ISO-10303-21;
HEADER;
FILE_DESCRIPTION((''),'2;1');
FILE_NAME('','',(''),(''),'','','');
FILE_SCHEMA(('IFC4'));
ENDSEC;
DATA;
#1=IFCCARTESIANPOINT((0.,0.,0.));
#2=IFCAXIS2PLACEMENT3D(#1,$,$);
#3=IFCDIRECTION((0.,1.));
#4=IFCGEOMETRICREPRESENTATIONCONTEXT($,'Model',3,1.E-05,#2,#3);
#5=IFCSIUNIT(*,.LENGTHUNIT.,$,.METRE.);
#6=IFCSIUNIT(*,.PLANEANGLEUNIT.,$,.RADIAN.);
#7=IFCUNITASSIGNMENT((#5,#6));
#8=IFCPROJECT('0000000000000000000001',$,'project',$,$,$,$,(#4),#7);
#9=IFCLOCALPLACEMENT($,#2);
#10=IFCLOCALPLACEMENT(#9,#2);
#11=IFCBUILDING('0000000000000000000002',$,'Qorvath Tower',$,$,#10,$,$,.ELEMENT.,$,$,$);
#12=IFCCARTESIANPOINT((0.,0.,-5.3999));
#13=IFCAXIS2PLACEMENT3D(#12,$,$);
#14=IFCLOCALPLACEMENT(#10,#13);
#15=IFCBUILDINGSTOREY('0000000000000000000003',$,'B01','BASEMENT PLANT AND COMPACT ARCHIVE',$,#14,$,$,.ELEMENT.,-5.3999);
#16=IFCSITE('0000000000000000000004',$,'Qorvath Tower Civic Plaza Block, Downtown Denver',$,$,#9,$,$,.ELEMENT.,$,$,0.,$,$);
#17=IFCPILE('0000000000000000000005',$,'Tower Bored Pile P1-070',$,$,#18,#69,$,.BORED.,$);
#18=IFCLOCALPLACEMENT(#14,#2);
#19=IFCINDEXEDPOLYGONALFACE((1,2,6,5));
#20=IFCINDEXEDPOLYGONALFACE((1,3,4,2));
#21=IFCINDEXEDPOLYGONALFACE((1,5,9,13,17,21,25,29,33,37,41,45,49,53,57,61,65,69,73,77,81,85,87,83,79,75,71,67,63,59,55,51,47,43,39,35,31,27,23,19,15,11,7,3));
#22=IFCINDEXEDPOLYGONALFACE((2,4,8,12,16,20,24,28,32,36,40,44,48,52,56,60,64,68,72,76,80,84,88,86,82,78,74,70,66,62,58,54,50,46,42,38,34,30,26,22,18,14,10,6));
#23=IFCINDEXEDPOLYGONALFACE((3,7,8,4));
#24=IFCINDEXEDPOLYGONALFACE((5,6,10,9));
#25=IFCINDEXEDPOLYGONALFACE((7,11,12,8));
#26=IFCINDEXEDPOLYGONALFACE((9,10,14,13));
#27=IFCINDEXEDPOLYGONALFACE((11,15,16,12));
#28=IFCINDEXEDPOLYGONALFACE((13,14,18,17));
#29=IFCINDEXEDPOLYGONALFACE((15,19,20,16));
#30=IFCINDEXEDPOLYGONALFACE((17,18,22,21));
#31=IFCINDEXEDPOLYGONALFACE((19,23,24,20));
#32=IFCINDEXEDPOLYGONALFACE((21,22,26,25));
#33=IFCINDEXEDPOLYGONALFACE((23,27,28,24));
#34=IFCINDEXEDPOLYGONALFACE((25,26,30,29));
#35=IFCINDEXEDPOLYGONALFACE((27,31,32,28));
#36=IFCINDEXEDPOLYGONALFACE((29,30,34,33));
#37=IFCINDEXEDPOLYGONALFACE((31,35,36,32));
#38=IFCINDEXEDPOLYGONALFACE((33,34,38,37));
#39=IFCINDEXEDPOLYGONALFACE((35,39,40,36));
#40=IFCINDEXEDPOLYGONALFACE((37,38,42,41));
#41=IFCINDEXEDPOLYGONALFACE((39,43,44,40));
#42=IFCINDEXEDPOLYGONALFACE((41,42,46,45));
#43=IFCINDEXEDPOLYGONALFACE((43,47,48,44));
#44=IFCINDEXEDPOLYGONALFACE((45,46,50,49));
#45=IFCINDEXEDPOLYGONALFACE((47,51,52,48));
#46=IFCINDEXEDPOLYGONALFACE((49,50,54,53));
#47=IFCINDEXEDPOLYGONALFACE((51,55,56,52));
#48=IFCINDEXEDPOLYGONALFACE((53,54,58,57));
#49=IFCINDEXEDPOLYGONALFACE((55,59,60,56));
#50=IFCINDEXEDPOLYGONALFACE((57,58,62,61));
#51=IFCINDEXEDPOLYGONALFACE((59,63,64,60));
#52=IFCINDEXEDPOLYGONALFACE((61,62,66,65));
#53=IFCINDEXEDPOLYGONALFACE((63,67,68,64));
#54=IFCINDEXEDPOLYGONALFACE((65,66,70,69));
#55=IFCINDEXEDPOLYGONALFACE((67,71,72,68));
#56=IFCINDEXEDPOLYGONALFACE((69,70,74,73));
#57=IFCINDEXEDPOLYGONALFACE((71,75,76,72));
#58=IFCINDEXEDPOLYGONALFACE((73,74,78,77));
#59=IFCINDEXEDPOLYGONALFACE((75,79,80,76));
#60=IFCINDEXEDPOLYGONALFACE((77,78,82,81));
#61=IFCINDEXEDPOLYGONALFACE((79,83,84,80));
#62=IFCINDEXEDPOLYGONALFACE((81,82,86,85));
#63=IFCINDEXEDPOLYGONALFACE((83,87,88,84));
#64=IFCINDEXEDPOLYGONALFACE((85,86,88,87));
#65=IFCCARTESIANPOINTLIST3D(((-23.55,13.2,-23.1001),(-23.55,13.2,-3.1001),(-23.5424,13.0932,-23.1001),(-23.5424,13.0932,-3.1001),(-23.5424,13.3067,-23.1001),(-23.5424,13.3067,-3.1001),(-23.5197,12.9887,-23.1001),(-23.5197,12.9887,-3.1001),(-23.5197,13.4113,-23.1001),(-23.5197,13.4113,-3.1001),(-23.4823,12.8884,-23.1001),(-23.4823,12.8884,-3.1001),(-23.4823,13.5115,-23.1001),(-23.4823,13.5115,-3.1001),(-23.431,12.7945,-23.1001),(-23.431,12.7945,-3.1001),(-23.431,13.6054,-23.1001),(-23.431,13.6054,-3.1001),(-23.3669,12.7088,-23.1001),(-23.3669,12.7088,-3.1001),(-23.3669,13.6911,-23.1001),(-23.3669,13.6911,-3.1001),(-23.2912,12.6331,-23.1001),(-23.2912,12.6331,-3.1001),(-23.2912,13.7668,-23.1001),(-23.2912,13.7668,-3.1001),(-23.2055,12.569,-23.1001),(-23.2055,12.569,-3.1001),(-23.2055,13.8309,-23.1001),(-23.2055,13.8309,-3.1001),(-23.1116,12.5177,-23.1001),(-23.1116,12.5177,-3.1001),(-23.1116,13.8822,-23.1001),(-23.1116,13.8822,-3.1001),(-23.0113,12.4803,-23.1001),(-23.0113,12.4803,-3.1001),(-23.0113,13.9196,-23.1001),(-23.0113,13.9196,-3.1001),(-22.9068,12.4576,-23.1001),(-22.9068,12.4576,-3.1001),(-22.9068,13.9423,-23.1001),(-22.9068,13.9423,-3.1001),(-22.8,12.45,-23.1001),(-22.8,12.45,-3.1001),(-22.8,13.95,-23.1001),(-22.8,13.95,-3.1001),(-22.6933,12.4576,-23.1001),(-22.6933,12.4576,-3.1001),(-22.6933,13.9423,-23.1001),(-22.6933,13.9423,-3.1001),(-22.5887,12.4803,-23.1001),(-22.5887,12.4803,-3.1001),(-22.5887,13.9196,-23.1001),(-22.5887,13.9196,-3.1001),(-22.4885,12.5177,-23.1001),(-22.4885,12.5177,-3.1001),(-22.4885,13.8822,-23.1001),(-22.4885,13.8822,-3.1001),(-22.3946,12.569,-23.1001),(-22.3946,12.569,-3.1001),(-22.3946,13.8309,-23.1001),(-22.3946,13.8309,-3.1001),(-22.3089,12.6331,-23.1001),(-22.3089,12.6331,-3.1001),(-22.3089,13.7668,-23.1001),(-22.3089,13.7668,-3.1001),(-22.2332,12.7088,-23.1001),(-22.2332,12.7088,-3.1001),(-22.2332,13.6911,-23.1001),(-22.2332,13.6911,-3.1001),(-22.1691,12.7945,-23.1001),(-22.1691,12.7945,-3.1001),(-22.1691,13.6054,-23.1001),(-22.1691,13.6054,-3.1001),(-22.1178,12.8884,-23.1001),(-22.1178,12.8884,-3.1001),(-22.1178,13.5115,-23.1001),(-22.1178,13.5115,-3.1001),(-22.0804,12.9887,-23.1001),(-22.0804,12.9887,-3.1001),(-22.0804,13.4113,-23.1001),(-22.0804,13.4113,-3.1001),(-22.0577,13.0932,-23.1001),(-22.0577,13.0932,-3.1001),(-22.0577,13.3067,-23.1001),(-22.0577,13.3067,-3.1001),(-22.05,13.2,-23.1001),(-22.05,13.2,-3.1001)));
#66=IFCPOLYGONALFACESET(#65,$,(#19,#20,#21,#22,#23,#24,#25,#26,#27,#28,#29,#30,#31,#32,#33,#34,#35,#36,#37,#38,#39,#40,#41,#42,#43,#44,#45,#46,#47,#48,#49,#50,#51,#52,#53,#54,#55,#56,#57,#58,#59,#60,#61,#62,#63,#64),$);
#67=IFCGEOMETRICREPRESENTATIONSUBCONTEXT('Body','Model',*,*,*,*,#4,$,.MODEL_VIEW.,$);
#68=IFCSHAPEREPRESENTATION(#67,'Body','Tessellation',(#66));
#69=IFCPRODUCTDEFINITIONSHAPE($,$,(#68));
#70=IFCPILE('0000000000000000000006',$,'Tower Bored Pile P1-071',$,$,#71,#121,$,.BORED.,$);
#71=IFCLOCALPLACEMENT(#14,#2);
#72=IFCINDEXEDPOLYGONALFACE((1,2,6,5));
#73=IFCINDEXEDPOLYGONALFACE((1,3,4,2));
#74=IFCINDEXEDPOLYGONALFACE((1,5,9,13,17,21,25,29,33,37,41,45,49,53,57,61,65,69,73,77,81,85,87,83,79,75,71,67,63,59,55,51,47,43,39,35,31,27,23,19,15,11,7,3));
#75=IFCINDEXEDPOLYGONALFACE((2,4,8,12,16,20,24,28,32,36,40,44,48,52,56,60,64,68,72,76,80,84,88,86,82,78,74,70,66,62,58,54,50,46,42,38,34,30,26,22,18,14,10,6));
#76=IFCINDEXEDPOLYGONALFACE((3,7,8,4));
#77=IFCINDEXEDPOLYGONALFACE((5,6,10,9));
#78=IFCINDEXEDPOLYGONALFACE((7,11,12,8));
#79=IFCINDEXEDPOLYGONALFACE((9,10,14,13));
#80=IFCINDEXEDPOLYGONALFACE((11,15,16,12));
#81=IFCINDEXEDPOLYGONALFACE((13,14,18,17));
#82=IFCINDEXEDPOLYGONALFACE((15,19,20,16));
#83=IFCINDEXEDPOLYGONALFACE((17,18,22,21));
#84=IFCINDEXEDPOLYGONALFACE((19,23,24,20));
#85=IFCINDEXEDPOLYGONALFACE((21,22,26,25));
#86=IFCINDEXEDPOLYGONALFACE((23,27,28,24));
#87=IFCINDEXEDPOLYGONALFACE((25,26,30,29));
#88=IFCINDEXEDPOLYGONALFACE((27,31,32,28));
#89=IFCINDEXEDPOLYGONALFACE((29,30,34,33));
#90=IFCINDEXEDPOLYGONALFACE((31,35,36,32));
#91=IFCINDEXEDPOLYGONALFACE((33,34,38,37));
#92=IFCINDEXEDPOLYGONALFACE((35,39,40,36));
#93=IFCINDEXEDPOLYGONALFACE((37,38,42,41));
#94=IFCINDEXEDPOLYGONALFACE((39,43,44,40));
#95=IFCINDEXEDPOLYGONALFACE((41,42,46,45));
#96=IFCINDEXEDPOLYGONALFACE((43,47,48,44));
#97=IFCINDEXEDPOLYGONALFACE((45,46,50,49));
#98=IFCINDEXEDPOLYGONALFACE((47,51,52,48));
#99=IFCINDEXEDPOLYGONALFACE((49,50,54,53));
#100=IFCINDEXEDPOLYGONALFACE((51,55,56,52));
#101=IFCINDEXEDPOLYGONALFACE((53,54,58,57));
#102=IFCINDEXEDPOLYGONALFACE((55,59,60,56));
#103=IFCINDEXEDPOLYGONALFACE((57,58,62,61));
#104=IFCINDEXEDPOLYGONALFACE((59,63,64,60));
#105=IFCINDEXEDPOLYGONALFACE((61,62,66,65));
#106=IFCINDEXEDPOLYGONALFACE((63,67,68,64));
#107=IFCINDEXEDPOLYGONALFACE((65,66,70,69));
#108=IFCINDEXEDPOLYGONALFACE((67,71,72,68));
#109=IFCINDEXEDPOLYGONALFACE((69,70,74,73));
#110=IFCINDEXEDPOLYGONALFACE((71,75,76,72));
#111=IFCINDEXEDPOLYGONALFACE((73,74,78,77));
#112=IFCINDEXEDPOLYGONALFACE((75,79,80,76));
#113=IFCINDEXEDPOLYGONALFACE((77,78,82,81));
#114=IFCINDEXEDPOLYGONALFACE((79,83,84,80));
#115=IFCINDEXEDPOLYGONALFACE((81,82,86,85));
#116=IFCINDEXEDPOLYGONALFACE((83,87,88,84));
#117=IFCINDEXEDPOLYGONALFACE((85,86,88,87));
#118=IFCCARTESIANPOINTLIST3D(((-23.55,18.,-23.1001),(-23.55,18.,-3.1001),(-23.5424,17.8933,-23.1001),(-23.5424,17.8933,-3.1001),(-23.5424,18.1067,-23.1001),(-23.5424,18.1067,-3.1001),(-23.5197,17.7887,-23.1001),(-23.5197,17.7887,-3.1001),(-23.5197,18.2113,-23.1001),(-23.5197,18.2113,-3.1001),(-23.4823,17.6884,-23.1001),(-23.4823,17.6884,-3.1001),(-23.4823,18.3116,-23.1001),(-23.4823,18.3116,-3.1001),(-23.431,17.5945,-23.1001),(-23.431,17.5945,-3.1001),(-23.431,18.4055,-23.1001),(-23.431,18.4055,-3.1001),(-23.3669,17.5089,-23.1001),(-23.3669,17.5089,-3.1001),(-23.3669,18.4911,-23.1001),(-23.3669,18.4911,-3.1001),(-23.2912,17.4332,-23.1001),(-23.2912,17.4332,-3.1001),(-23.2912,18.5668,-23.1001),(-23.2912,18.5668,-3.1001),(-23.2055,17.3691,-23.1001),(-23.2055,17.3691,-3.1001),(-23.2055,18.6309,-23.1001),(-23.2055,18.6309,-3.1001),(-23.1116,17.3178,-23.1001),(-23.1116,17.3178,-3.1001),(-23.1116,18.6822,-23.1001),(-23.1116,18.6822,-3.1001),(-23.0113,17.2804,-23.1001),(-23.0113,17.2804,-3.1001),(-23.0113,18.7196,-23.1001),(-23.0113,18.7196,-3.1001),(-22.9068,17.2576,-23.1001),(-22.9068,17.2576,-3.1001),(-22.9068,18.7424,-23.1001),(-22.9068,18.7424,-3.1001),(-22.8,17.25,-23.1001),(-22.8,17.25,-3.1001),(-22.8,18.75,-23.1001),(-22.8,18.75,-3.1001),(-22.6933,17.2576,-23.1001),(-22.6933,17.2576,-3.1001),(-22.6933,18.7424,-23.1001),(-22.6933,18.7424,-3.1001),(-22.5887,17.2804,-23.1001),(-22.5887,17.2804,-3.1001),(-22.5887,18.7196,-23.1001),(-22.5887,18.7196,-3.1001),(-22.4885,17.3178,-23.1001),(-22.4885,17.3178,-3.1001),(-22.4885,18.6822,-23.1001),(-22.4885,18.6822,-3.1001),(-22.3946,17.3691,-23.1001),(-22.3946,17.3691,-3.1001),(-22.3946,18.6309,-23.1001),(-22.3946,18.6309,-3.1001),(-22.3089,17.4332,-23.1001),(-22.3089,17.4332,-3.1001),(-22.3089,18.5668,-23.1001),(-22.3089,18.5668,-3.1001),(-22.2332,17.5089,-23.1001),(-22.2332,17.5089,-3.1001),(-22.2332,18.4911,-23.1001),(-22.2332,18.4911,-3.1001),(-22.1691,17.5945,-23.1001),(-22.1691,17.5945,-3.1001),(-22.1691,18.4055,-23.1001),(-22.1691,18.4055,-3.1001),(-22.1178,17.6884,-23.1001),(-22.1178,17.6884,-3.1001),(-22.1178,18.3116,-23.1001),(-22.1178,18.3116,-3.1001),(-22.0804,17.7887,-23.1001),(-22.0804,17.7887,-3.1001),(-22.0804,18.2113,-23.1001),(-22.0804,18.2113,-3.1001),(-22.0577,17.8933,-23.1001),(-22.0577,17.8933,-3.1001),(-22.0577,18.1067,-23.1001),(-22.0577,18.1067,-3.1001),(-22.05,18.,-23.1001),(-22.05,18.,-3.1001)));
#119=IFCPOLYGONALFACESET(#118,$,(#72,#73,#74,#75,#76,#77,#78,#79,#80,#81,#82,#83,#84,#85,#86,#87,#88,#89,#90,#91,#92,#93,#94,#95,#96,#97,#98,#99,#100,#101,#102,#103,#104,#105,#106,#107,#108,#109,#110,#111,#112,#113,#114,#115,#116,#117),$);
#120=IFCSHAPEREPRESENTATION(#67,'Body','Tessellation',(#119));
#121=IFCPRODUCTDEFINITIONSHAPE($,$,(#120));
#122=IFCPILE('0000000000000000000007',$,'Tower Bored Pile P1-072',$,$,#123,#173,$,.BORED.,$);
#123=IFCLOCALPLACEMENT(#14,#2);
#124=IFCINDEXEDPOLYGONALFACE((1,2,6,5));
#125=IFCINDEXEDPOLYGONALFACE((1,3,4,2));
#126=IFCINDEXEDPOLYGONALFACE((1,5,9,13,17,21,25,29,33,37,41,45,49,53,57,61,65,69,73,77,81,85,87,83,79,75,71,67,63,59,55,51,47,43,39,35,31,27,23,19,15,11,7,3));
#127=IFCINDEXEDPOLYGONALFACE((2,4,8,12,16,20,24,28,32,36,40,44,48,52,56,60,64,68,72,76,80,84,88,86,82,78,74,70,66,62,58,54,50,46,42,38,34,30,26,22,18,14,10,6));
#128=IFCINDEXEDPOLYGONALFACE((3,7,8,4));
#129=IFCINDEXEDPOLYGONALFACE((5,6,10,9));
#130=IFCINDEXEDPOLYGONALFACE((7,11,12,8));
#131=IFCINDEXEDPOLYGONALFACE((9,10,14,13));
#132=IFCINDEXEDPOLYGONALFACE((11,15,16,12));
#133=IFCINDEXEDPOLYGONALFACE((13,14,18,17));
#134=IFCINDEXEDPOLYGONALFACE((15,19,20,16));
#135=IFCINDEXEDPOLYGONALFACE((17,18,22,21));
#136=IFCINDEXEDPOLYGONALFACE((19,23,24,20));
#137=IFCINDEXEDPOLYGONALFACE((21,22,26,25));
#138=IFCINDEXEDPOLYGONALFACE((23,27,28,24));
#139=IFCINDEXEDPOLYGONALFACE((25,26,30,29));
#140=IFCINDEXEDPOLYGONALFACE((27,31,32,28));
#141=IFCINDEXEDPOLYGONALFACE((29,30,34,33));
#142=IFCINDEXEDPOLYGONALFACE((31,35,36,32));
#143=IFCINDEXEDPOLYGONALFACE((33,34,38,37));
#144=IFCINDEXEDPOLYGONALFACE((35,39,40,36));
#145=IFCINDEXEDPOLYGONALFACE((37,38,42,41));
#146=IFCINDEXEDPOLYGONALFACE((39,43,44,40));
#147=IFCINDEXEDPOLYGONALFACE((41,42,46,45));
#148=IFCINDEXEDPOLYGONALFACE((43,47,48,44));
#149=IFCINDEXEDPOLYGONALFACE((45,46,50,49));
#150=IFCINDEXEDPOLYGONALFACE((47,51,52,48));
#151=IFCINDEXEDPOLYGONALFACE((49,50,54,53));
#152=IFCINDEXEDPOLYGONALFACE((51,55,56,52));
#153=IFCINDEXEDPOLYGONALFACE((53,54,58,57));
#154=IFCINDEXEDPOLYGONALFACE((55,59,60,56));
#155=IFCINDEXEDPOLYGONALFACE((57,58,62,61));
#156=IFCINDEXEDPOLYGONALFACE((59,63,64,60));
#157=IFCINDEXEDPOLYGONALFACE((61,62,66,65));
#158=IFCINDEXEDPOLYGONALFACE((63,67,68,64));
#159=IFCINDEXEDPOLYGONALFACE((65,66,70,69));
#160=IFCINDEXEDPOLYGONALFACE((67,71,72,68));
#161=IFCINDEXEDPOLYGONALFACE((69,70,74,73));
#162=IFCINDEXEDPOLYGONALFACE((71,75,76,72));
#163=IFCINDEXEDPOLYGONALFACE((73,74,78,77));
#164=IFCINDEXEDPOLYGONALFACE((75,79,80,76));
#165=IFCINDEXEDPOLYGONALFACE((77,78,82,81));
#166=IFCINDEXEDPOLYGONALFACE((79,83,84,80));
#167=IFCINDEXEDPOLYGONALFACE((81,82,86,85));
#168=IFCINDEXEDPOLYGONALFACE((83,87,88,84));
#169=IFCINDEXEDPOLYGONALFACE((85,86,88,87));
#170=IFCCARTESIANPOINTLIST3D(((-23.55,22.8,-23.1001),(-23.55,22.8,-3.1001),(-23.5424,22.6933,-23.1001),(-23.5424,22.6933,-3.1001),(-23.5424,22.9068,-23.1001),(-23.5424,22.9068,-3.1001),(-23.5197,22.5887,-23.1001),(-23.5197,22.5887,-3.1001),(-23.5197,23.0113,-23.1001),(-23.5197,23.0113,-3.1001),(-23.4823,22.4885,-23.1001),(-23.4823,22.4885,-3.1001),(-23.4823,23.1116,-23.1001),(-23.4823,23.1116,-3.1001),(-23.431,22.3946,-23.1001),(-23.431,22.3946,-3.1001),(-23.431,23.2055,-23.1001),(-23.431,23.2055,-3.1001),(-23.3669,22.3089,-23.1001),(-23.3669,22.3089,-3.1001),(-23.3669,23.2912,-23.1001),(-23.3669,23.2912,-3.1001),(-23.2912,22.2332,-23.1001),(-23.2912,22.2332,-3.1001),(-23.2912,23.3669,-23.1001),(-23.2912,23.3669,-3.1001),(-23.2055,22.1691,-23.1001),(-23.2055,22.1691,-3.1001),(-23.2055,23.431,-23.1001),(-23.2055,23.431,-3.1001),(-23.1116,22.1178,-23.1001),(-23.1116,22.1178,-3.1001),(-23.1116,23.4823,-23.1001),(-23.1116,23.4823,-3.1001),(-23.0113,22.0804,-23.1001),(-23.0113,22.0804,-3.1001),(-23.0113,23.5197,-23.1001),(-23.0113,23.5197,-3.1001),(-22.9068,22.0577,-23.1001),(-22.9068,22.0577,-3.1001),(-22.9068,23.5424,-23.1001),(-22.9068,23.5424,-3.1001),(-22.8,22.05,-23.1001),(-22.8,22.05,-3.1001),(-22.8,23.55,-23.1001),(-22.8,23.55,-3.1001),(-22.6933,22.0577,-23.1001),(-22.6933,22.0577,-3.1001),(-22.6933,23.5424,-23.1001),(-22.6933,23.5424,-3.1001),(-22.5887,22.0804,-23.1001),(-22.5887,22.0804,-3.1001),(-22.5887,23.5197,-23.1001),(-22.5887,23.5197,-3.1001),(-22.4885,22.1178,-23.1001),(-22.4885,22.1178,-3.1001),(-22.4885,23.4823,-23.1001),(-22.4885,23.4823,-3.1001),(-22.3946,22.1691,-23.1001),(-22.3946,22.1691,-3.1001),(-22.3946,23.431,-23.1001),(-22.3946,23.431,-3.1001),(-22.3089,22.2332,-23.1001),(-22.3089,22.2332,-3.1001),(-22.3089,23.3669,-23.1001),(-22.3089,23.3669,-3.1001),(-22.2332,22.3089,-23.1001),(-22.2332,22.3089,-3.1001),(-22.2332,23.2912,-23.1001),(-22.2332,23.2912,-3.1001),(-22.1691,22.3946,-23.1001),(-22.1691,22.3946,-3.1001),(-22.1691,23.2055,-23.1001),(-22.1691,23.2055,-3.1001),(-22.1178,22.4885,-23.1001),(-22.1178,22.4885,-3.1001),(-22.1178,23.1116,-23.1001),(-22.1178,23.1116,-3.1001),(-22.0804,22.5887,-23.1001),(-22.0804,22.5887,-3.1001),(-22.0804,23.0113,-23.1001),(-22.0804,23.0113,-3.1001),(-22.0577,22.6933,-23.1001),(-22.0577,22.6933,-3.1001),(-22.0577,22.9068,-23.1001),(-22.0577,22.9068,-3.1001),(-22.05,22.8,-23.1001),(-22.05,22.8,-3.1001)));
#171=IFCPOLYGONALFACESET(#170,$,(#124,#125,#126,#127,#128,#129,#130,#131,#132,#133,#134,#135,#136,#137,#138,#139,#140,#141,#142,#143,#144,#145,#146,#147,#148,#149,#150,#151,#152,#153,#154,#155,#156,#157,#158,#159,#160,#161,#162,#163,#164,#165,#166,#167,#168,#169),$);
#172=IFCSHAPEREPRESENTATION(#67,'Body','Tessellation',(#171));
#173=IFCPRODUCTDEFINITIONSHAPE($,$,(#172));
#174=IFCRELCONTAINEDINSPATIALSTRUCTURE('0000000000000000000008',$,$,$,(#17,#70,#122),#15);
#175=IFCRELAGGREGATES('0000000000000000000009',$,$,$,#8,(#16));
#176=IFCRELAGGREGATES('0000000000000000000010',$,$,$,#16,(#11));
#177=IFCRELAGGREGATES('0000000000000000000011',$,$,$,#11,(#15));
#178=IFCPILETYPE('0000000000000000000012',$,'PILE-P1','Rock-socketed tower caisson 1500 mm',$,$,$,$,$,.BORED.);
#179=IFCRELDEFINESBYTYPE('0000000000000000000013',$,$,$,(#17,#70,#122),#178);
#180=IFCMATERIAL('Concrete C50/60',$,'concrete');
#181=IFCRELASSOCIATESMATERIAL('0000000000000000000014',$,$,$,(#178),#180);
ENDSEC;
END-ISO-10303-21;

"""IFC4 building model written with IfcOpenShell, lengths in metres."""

from ifc_helpers import new_model, si_unit, direction, frame, origin, origin_2d, place, context, subcontext, project, spatial, circle, extrude, material, material_profile, profile_set, type_object, element, save


model = new_model("IFC4")

# Units and contexts
model_context = context("Model", 3, precision=1e-05, world=origin(), true_north=direction((0.0, 1.0)))
body_context = subcontext(model_context, "Body", "Model", "MODEL_VIEW")
ifc_project = project(units=[si_unit("LENGTHUNIT", "METRE"), si_unit("PLANEANGLEUNIT", "RADIAN")], contexts=[model_context])

# Site, building, storey
site_placement = place(None, origin())
site = spatial("IfcSite", under=ifc_project, at=site_placement, Name="Qorvath Tower Civic Plaza Block, Downtown Denver", CompositionType="ELEMENT", RefElevation=0.0)
building_placement = place(site_placement, origin())
building = spatial("IfcBuilding", under=site, at=building_placement, Name="Qorvath Tower", CompositionType="ELEMENT")
storey_placement = place(building_placement, frame((0.0, 0.0, -5.3999)))
storey = spatial("IfcBuildingStorey", under=building, at=storey_placement, Name="B01", Description="BASEMENT PLANT AND COMPACT ARCHIVE", CompositionType="ELEMENT", Elevation=-5.3999)

# Piles
ifc_material_1 = material(Name="Concrete C50/60", Category="concrete")
ifc_material_profile_1 = material_profile(ifc_material_1, circle(Radius=0.75, at=origin_2d()), Name="BORED PILE 1500")
ifc_profile_set_1 = profile_set([ifc_material_profile_1], Name="Concrete C50/60")
pile_type = type_object("IfcPileType", Name="PILE-P1", Description="Rock-socketed tower caisson 1500 mm", PredefinedType="BORED", material=ifc_profile_set_1)
for number, where, z_axis, x_axis, name in (
    (1, (-22.8, 13.2, -3.1001), (0.0, 0.0, -1.0), (1.0, 0.0, 0.0), "Tower Bored Pile P1-070"),
    (2, (-22.8, 18.0, -3.1001), (0.0, 0.0, -1.0), (1.0, 0.0, 0.0), "Tower Bored Pile P1-071"),
    (3, (-22.8, 22.8, -3.1001), (0.0, 0.0, -1.0), (1.0, 0.0, 0.0), "Tower Bored Pile P1-072"),
):
    element("IfcPile", number, at=place(storey_placement, frame(where, z_axis=z_axis, x_axis=x_axis)), inside=storey, type_object=pile_type, Name=name, PredefinedType="BORED", context=body_context, shape_type="SweptSolid", body=[
        extrude(circle(Radius=0.75, at=origin_2d()), origin(), (0.0, 0.0, 1.0), 20.0),
    ])

save(model, "model.ifc")
